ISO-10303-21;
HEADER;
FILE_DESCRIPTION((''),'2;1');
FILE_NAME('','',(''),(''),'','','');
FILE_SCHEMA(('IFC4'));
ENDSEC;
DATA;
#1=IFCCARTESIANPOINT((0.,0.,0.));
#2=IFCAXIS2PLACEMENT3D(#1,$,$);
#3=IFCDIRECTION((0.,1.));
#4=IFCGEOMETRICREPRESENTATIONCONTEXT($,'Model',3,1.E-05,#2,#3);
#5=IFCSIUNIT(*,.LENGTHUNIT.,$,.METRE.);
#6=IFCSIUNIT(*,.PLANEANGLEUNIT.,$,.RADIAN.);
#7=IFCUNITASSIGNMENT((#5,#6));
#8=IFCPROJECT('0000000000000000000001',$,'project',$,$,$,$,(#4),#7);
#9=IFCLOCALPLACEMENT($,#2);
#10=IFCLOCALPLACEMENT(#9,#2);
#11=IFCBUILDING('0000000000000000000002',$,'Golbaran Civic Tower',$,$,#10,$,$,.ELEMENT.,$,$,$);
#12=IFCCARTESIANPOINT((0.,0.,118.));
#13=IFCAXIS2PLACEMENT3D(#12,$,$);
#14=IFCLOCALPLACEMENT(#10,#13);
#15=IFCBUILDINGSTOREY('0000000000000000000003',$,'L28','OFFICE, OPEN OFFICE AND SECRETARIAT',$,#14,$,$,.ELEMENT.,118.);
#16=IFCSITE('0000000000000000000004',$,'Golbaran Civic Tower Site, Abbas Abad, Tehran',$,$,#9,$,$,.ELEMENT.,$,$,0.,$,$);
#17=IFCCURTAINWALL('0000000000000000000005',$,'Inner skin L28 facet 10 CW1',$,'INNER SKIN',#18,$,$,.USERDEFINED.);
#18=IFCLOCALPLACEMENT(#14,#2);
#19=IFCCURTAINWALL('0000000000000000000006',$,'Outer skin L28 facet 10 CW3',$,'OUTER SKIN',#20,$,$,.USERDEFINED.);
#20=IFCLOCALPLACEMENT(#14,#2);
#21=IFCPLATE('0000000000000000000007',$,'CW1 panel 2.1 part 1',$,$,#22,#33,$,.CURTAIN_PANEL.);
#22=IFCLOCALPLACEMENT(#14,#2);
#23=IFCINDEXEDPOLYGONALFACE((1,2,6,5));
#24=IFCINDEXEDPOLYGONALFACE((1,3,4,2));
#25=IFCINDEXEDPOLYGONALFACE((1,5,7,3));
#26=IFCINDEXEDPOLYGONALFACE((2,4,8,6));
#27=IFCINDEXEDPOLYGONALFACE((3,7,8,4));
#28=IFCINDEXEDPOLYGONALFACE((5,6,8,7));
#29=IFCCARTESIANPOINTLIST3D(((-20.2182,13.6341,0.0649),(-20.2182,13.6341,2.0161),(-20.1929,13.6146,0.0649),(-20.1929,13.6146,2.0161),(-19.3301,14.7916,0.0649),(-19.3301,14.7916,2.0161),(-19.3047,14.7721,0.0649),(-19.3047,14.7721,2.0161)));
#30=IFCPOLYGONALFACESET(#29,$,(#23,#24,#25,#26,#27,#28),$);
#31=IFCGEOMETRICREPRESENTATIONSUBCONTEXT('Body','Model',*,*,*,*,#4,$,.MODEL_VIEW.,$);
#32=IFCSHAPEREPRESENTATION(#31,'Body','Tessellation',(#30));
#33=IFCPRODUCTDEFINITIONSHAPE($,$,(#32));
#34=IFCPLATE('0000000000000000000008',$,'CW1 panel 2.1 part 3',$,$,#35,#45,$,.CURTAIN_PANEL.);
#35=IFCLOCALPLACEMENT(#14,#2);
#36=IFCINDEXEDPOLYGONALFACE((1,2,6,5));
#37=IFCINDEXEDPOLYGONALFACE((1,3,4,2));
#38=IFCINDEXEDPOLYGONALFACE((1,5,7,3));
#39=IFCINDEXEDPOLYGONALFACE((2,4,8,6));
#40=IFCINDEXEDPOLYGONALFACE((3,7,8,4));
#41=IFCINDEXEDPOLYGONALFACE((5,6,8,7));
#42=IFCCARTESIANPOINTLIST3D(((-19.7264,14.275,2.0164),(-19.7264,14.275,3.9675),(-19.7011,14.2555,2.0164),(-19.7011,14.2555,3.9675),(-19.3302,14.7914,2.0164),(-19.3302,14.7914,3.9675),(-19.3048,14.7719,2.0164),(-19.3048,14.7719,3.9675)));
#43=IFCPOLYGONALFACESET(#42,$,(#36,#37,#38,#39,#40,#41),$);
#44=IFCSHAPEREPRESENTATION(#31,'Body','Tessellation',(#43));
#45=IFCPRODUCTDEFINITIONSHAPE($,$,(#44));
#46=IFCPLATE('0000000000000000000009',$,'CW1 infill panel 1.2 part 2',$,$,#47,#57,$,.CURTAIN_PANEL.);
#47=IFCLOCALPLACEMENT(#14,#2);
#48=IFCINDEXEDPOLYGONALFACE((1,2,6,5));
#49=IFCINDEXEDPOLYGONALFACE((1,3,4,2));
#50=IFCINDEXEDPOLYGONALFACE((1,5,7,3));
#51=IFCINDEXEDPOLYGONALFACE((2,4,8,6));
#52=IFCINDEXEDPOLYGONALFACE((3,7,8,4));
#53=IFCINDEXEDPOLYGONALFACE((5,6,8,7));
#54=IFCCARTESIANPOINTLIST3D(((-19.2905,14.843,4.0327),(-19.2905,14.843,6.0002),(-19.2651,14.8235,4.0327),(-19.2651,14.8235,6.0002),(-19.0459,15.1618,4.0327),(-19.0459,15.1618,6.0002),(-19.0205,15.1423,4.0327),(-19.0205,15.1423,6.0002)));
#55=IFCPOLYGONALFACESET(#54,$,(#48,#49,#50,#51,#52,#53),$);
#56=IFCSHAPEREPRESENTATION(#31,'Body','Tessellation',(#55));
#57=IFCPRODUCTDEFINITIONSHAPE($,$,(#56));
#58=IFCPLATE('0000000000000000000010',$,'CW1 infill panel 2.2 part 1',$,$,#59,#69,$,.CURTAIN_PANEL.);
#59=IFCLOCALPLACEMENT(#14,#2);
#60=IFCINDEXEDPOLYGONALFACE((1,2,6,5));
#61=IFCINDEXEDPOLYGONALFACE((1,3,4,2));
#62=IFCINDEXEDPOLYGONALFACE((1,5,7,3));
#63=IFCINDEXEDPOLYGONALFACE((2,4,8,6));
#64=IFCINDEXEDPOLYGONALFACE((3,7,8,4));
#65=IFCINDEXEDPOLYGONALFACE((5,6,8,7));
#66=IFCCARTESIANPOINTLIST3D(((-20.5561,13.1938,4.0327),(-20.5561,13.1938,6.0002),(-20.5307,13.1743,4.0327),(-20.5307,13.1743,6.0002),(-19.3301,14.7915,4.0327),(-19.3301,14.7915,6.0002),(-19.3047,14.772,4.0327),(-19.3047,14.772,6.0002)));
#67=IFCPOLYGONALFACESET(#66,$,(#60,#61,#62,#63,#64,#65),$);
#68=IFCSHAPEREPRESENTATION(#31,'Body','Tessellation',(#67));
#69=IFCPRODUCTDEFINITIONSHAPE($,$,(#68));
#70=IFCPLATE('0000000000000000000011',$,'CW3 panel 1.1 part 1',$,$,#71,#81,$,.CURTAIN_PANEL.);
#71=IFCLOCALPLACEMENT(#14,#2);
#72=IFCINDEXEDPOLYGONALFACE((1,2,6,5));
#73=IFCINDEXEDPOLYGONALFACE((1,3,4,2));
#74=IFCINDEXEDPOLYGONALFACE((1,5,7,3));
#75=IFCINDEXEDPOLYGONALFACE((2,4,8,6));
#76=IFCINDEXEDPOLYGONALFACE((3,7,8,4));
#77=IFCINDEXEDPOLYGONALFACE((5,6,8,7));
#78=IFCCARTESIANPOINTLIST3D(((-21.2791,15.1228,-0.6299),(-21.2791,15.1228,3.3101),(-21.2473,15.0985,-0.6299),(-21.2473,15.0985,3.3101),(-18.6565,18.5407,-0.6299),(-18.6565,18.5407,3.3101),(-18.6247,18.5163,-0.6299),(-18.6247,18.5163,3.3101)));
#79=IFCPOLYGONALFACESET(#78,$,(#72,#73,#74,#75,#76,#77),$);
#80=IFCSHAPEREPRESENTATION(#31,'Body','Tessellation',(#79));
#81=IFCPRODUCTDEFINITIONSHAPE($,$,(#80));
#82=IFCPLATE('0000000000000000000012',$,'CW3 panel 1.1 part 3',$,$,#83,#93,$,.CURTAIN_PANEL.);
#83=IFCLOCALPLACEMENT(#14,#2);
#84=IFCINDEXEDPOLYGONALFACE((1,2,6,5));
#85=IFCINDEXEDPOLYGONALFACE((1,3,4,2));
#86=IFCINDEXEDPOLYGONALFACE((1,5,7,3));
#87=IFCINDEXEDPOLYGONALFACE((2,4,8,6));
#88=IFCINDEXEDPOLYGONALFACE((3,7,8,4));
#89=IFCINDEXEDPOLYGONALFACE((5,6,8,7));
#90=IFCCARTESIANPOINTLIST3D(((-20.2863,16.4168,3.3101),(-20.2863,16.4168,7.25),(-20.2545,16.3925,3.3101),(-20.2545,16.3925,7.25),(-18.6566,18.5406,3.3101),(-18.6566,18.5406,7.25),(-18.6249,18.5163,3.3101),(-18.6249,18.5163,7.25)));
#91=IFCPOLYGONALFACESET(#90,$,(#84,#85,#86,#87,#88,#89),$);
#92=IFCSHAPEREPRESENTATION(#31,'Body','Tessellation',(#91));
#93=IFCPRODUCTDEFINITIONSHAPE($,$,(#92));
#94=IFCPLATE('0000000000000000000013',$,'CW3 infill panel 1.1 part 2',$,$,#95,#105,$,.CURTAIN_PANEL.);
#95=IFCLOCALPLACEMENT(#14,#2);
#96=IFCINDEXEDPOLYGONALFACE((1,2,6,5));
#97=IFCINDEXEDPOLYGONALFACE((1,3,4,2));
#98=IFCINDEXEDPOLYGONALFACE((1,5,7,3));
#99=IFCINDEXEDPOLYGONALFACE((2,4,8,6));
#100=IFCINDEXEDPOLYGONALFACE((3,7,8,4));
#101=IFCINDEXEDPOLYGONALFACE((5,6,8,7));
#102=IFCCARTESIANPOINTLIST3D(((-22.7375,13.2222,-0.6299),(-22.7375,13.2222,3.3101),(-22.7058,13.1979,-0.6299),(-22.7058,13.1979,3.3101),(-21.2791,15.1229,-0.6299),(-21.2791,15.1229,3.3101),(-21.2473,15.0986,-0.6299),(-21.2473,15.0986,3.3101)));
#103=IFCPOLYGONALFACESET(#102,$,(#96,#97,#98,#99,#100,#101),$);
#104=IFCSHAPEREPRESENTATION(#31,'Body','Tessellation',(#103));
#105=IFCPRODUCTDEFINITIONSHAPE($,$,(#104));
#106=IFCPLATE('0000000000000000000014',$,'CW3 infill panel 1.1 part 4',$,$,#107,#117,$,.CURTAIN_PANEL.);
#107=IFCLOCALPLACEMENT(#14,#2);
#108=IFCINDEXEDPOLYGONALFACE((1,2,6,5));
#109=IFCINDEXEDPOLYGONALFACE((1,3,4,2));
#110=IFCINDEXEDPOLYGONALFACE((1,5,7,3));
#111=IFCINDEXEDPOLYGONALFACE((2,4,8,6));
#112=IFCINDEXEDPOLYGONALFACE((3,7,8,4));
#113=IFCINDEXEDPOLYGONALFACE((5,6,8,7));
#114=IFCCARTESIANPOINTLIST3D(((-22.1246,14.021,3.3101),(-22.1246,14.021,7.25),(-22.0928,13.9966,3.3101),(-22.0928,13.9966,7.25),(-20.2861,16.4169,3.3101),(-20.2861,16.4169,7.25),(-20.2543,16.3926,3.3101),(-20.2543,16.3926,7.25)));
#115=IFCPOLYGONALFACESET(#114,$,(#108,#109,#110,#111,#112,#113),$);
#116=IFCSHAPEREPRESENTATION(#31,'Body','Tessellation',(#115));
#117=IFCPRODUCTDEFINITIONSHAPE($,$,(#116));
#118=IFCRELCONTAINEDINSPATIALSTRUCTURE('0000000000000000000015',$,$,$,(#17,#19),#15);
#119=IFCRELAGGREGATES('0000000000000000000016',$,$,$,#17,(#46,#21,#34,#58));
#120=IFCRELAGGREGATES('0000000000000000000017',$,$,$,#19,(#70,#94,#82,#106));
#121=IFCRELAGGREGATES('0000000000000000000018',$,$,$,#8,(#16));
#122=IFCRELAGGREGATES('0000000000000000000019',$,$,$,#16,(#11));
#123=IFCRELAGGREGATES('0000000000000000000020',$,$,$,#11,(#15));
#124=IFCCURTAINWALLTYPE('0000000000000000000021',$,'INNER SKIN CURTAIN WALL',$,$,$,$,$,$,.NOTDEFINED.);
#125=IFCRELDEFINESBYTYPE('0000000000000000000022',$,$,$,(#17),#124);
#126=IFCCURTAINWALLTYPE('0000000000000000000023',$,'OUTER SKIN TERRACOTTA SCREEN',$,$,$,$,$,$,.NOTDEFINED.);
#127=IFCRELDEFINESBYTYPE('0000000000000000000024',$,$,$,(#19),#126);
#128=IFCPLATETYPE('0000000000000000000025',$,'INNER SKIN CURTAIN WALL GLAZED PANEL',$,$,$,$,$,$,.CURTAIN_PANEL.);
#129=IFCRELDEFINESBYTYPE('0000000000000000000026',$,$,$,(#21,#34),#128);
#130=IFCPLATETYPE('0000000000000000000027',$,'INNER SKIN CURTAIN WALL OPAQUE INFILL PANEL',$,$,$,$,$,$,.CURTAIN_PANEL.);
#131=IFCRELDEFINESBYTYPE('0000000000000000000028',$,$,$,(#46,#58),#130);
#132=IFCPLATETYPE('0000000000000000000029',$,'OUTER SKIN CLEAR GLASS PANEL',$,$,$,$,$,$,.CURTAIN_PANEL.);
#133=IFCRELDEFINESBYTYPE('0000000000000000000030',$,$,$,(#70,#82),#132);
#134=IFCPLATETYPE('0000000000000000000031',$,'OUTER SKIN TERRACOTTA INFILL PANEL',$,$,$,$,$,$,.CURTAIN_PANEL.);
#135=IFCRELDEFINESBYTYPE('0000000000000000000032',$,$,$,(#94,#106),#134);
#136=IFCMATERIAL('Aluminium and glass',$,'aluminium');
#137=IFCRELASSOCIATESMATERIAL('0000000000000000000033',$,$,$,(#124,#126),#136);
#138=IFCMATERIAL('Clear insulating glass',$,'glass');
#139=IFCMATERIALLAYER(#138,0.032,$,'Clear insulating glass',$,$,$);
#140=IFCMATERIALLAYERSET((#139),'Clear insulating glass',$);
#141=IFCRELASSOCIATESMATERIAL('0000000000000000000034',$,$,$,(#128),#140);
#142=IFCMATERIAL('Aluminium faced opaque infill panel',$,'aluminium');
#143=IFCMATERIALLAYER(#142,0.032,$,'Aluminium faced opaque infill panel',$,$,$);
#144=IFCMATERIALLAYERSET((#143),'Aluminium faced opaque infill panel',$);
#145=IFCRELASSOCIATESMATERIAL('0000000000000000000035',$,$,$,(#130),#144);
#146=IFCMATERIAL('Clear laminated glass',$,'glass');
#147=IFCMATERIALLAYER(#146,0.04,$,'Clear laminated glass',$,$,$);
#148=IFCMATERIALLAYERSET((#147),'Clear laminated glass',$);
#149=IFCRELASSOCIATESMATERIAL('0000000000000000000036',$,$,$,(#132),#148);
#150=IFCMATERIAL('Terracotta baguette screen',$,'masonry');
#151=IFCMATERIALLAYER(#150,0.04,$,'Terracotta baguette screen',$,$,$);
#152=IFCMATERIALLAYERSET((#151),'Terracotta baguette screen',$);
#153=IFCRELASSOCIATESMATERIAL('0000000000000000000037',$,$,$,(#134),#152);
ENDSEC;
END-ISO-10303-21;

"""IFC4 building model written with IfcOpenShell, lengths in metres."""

from ifc_helpers import new_model, si_unit, direction, frame, origin, origin_2d, place, context, subcontext, project, spatial, rectangle, extrude, material, layer, layer_set, type_object, element, aggregate, save


model = new_model("IFC4")

# Units and contexts
model_context = context("Model", 3, precision=1e-05, world=origin(), true_north=direction((0.0, 1.0)))
body_context = subcontext(model_context, "Body", "Model", "MODEL_VIEW")
ifc_project = project(units=[si_unit("LENGTHUNIT", "METRE"), si_unit("PLANEANGLEUNIT", "RADIAN")], contexts=[model_context])

# Site, building, storey
site_placement = place(None, origin())
site = spatial("IfcSite", under=ifc_project, at=site_placement, Name="Golbaran Civic Tower Site, Abbas Abad, Tehran", CompositionType="ELEMENT", RefElevation=0.0)
building_placement = place(site_placement, origin())
building = spatial("IfcBuilding", under=site, at=building_placement, Name="Golbaran Civic Tower", CompositionType="ELEMENT")
storey_placement = place(building_placement, frame((0.0, 0.0, 118.0)))
storey = spatial("IfcBuildingStorey", under=building, at=storey_placement, Name="L28", Description="OFFICE, OPEN OFFICE AND SECRETARIAT", CompositionType="ELEMENT", Elevation=118.0)

# Shared definitions
ifc_material_1 = material(Name="Aluminium and glass", Category="aluminium")
curtain_wall_type_1 = type_object("IfcCurtainWallType", Name="INNER SKIN CURTAIN WALL", PredefinedType="NOTDEFINED", material=ifc_material_1)

# Curtain wall
curtain_wall_1_placement = place(storey_placement, origin())
curtain_wall_1 = element("IfcCurtainWall", 1, at=curtain_wall_1_placement, inside=storey, type_object=curtain_wall_type_1, Name="Inner skin L28 facet 10 CW1", ObjectType="INNER SKIN", PredefinedType="USERDEFINED")

# Shared definitions
curtain_wall_type_2 = type_object("IfcCurtainWallType", Name="OUTER SKIN TERRACOTTA SCREEN", PredefinedType="NOTDEFINED", material=ifc_material_1)

# Curtain wall
curtain_wall_2_placement = place(storey_placement, origin())
curtain_wall_2 = element("IfcCurtainWall", 2, at=curtain_wall_2_placement, inside=storey, type_object=curtain_wall_type_2, Name="Outer skin L28 facet 10 CW3", ObjectType="OUTER SKIN", PredefinedType="USERDEFINED")

# Plates
ifc_material_2 = material(Name="Clear insulating glass", Category="glass")
ifc_layer_1 = layer(ifc_material_2, 0.032, Name="Clear insulating glass")
ifc_layer_set_1 = layer_set([ifc_layer_1], Name="Clear insulating glass")
plate_type_1 = type_object("IfcPlateType", Name="INNER SKIN CURTAIN WALL GLAZED PANEL", PredefinedType="CURTAIN_PANEL", material=ifc_layer_set_1)
plate_1_placement = place(storey_placement, frame((-19.7615, 14.2031, 0.0649), z_axis=(0.0, 0.0, 1.0), x_axis=(-0.608761, -0.793353, 0.0)))
plate_1 = element("IfcPlate", 3, at=plate_1_placement, type_object=plate_type_1, Name="CW1 panel 2.1 part 1", PredefinedType="CURTAIN_PANEL", context=body_context, shape_type="SweptSolid", body=[
    extrude(rectangle(XDim=1.459, YDim=0.032, at=origin_2d()), origin(), (0.0, 0.0, 1.0), 1.9512),
])
plate_2_placement = place(storey_placement, frame((-19.5156, 14.5234, 2.0164), z_axis=(0.0, 0.0, 1.0), x_axis=(-0.608761, -0.793353, 0.0)))
plate_2 = element("IfcPlate", 4, at=plate_2_placement, type_object=plate_type_1, Name="CW1 panel 2.1 part 3", PredefinedType="CURTAIN_PANEL", context=body_context, shape_type="SweptSolid", body=[
    extrude(rectangle(XDim=0.6509, YDim=0.032, at=origin_2d()), origin(), (0.0, 0.0, 1.0), 1.9512),
])
ifc_material_3 = material(Name="Aluminium faced opaque infill panel", Category="aluminium")
ifc_layer_2 = layer(ifc_material_3, 0.032, Name="Aluminium faced opaque infill panel")
ifc_layer_set_2 = layer_set([ifc_layer_2], Name="Aluminium faced opaque infill panel")
plate_type_2 = type_object("IfcPlateType", Name="INNER SKIN CURTAIN WALL OPAQUE INFILL PANEL", PredefinedType="CURTAIN_PANEL", material=ifc_layer_set_2)
plate_3_placement = place(storey_placement, frame((-19.1555, 14.9927, 4.0327), z_axis=(0.0, 0.0, 1.0), x_axis=(-0.608761, -0.793353, 0.0)))
plate_3 = element("IfcPlate", 5, at=plate_3_placement, type_object=plate_type_2, Name="CW1 infill panel 1.2 part 2", PredefinedType="CURTAIN_PANEL", context=body_context, shape_type="SweptSolid", body=[
    extrude(rectangle(XDim=0.4019, YDim=0.032, at=origin_2d()), origin(), (0.0, 0.0, 1.0), 1.9675),
])
plate_4_placement = place(storey_placement, frame((-19.9304, 13.9829, 4.0327), z_axis=(0.0, 0.0, 1.0), x_axis=(-0.608761, -0.793353, 0.0)))
plate_4 = element("IfcPlate", 6, at=plate_4_placement, type_object=plate_type_2, Name="CW1 infill panel 2.2 part 1", PredefinedType="CURTAIN_PANEL", context=body_context, shape_type="SweptSolid", body=[
    extrude(rectangle(XDim=2.0139, YDim=0.032, at=origin_2d()), origin(), (0.0, 0.0, 1.0), 1.9675),
])
aggregate(curtain_wall_1, [plate_3, plate_1, plate_2, plate_4])
ifc_material_4 = material(Name="Clear laminated glass", Category="glass")
ifc_layer_3 = layer(ifc_material_4, 0.04, Name="Clear laminated glass")
ifc_layer_set_3 = layer_set([ifc_layer_3], Name="Clear laminated glass")
plate_type_3 = type_object("IfcPlateType", Name="OUTER SKIN CLEAR GLASS PANEL", PredefinedType="CURTAIN_PANEL", material=ifc_layer_set_3)
plate_5_placement = place(storey_placement, frame((-19.9519, 16.8196, -0.6299), z_axis=(0.0, 0.0, 1.0), x_axis=(-0.608761, -0.793353, 0.0)))
plate_5 = element("IfcPlate", 7, at=plate_5_placement, type_object=plate_type_3, Name="CW3 panel 1.1 part 1", PredefinedType="CURTAIN_PANEL", context=body_context, shape_type="SweptSolid", body=[
    extrude(rectangle(XDim=4.3081, YDim=0.04, at=origin_2d()), origin(), (0.0, 0.0, 1.0), 3.9399),
])
plate_6_placement = place(storey_placement, frame((-19.4556, 17.4666, 3.3101), z_axis=(0.0, 0.0, 1.0), x_axis=(-0.608761, -0.793353, 0.0)))
plate_6 = element("IfcPlate", 8, at=plate_6_placement, type_object=plate_type_3, Name="CW3 panel 1.1 part 3", PredefinedType="CURTAIN_PANEL", context=body_context, shape_type="SweptSolid", body=[
    extrude(rectangle(XDim=2.677, YDim=0.04, at=origin_2d()), origin(), (0.0, 0.0, 1.0), 3.9399),
])
ifc_material_5 = material(Name="Terracotta baguette screen", Category="masonry")
ifc_layer_4 = layer(ifc_material_5, 0.04, Name="Terracotta baguette screen")
ifc_layer_set_4 = layer_set([ifc_layer_4], Name="Terracotta baguette screen")
plate_type_4 = type_object("IfcPlateType", Name="OUTER SKIN TERRACOTTA INFILL PANEL", PredefinedType="CURTAIN_PANEL", material=ifc_layer_set_4)
plate_7_placement = place(storey_placement, frame((-21.9924, 14.1604, -0.6299), z_axis=(0.0, 0.0, 1.0), x_axis=(-0.608761, -0.793353, 0.0)))
plate_7 = element("IfcPlate", 9, at=plate_7_placement, type_object=plate_type_4, Name="CW3 infill panel 1.1 part 2", PredefinedType="CURTAIN_PANEL", context=body_context, shape_type="SweptSolid", body=[
    extrude(rectangle(XDim=2.3958, YDim=0.04, at=origin_2d()), origin(), (0.0, 0.0, 1.0), 3.9399),
])
plate_8_placement = place(storey_placement, frame((-21.1895, 15.2068, 3.3101), z_axis=(0.0, 0.0, 1.0), x_axis=(-0.608761, -0.793353, 0.0)))
plate_8 = element("IfcPlate", 10, at=plate_8_placement, type_object=plate_type_4, Name="CW3 infill panel 1.1 part 4", PredefinedType="CURTAIN_PANEL", context=body_context, shape_type="SweptSolid", body=[
    extrude(rectangle(XDim=3.02, YDim=0.04, at=origin_2d()), origin(), (0.0, 0.0, 1.0), 3.9399),
])
aggregate(curtain_wall_2, [plate_5, plate_7, plate_6, plate_8])

save(model, "model.ifc")
